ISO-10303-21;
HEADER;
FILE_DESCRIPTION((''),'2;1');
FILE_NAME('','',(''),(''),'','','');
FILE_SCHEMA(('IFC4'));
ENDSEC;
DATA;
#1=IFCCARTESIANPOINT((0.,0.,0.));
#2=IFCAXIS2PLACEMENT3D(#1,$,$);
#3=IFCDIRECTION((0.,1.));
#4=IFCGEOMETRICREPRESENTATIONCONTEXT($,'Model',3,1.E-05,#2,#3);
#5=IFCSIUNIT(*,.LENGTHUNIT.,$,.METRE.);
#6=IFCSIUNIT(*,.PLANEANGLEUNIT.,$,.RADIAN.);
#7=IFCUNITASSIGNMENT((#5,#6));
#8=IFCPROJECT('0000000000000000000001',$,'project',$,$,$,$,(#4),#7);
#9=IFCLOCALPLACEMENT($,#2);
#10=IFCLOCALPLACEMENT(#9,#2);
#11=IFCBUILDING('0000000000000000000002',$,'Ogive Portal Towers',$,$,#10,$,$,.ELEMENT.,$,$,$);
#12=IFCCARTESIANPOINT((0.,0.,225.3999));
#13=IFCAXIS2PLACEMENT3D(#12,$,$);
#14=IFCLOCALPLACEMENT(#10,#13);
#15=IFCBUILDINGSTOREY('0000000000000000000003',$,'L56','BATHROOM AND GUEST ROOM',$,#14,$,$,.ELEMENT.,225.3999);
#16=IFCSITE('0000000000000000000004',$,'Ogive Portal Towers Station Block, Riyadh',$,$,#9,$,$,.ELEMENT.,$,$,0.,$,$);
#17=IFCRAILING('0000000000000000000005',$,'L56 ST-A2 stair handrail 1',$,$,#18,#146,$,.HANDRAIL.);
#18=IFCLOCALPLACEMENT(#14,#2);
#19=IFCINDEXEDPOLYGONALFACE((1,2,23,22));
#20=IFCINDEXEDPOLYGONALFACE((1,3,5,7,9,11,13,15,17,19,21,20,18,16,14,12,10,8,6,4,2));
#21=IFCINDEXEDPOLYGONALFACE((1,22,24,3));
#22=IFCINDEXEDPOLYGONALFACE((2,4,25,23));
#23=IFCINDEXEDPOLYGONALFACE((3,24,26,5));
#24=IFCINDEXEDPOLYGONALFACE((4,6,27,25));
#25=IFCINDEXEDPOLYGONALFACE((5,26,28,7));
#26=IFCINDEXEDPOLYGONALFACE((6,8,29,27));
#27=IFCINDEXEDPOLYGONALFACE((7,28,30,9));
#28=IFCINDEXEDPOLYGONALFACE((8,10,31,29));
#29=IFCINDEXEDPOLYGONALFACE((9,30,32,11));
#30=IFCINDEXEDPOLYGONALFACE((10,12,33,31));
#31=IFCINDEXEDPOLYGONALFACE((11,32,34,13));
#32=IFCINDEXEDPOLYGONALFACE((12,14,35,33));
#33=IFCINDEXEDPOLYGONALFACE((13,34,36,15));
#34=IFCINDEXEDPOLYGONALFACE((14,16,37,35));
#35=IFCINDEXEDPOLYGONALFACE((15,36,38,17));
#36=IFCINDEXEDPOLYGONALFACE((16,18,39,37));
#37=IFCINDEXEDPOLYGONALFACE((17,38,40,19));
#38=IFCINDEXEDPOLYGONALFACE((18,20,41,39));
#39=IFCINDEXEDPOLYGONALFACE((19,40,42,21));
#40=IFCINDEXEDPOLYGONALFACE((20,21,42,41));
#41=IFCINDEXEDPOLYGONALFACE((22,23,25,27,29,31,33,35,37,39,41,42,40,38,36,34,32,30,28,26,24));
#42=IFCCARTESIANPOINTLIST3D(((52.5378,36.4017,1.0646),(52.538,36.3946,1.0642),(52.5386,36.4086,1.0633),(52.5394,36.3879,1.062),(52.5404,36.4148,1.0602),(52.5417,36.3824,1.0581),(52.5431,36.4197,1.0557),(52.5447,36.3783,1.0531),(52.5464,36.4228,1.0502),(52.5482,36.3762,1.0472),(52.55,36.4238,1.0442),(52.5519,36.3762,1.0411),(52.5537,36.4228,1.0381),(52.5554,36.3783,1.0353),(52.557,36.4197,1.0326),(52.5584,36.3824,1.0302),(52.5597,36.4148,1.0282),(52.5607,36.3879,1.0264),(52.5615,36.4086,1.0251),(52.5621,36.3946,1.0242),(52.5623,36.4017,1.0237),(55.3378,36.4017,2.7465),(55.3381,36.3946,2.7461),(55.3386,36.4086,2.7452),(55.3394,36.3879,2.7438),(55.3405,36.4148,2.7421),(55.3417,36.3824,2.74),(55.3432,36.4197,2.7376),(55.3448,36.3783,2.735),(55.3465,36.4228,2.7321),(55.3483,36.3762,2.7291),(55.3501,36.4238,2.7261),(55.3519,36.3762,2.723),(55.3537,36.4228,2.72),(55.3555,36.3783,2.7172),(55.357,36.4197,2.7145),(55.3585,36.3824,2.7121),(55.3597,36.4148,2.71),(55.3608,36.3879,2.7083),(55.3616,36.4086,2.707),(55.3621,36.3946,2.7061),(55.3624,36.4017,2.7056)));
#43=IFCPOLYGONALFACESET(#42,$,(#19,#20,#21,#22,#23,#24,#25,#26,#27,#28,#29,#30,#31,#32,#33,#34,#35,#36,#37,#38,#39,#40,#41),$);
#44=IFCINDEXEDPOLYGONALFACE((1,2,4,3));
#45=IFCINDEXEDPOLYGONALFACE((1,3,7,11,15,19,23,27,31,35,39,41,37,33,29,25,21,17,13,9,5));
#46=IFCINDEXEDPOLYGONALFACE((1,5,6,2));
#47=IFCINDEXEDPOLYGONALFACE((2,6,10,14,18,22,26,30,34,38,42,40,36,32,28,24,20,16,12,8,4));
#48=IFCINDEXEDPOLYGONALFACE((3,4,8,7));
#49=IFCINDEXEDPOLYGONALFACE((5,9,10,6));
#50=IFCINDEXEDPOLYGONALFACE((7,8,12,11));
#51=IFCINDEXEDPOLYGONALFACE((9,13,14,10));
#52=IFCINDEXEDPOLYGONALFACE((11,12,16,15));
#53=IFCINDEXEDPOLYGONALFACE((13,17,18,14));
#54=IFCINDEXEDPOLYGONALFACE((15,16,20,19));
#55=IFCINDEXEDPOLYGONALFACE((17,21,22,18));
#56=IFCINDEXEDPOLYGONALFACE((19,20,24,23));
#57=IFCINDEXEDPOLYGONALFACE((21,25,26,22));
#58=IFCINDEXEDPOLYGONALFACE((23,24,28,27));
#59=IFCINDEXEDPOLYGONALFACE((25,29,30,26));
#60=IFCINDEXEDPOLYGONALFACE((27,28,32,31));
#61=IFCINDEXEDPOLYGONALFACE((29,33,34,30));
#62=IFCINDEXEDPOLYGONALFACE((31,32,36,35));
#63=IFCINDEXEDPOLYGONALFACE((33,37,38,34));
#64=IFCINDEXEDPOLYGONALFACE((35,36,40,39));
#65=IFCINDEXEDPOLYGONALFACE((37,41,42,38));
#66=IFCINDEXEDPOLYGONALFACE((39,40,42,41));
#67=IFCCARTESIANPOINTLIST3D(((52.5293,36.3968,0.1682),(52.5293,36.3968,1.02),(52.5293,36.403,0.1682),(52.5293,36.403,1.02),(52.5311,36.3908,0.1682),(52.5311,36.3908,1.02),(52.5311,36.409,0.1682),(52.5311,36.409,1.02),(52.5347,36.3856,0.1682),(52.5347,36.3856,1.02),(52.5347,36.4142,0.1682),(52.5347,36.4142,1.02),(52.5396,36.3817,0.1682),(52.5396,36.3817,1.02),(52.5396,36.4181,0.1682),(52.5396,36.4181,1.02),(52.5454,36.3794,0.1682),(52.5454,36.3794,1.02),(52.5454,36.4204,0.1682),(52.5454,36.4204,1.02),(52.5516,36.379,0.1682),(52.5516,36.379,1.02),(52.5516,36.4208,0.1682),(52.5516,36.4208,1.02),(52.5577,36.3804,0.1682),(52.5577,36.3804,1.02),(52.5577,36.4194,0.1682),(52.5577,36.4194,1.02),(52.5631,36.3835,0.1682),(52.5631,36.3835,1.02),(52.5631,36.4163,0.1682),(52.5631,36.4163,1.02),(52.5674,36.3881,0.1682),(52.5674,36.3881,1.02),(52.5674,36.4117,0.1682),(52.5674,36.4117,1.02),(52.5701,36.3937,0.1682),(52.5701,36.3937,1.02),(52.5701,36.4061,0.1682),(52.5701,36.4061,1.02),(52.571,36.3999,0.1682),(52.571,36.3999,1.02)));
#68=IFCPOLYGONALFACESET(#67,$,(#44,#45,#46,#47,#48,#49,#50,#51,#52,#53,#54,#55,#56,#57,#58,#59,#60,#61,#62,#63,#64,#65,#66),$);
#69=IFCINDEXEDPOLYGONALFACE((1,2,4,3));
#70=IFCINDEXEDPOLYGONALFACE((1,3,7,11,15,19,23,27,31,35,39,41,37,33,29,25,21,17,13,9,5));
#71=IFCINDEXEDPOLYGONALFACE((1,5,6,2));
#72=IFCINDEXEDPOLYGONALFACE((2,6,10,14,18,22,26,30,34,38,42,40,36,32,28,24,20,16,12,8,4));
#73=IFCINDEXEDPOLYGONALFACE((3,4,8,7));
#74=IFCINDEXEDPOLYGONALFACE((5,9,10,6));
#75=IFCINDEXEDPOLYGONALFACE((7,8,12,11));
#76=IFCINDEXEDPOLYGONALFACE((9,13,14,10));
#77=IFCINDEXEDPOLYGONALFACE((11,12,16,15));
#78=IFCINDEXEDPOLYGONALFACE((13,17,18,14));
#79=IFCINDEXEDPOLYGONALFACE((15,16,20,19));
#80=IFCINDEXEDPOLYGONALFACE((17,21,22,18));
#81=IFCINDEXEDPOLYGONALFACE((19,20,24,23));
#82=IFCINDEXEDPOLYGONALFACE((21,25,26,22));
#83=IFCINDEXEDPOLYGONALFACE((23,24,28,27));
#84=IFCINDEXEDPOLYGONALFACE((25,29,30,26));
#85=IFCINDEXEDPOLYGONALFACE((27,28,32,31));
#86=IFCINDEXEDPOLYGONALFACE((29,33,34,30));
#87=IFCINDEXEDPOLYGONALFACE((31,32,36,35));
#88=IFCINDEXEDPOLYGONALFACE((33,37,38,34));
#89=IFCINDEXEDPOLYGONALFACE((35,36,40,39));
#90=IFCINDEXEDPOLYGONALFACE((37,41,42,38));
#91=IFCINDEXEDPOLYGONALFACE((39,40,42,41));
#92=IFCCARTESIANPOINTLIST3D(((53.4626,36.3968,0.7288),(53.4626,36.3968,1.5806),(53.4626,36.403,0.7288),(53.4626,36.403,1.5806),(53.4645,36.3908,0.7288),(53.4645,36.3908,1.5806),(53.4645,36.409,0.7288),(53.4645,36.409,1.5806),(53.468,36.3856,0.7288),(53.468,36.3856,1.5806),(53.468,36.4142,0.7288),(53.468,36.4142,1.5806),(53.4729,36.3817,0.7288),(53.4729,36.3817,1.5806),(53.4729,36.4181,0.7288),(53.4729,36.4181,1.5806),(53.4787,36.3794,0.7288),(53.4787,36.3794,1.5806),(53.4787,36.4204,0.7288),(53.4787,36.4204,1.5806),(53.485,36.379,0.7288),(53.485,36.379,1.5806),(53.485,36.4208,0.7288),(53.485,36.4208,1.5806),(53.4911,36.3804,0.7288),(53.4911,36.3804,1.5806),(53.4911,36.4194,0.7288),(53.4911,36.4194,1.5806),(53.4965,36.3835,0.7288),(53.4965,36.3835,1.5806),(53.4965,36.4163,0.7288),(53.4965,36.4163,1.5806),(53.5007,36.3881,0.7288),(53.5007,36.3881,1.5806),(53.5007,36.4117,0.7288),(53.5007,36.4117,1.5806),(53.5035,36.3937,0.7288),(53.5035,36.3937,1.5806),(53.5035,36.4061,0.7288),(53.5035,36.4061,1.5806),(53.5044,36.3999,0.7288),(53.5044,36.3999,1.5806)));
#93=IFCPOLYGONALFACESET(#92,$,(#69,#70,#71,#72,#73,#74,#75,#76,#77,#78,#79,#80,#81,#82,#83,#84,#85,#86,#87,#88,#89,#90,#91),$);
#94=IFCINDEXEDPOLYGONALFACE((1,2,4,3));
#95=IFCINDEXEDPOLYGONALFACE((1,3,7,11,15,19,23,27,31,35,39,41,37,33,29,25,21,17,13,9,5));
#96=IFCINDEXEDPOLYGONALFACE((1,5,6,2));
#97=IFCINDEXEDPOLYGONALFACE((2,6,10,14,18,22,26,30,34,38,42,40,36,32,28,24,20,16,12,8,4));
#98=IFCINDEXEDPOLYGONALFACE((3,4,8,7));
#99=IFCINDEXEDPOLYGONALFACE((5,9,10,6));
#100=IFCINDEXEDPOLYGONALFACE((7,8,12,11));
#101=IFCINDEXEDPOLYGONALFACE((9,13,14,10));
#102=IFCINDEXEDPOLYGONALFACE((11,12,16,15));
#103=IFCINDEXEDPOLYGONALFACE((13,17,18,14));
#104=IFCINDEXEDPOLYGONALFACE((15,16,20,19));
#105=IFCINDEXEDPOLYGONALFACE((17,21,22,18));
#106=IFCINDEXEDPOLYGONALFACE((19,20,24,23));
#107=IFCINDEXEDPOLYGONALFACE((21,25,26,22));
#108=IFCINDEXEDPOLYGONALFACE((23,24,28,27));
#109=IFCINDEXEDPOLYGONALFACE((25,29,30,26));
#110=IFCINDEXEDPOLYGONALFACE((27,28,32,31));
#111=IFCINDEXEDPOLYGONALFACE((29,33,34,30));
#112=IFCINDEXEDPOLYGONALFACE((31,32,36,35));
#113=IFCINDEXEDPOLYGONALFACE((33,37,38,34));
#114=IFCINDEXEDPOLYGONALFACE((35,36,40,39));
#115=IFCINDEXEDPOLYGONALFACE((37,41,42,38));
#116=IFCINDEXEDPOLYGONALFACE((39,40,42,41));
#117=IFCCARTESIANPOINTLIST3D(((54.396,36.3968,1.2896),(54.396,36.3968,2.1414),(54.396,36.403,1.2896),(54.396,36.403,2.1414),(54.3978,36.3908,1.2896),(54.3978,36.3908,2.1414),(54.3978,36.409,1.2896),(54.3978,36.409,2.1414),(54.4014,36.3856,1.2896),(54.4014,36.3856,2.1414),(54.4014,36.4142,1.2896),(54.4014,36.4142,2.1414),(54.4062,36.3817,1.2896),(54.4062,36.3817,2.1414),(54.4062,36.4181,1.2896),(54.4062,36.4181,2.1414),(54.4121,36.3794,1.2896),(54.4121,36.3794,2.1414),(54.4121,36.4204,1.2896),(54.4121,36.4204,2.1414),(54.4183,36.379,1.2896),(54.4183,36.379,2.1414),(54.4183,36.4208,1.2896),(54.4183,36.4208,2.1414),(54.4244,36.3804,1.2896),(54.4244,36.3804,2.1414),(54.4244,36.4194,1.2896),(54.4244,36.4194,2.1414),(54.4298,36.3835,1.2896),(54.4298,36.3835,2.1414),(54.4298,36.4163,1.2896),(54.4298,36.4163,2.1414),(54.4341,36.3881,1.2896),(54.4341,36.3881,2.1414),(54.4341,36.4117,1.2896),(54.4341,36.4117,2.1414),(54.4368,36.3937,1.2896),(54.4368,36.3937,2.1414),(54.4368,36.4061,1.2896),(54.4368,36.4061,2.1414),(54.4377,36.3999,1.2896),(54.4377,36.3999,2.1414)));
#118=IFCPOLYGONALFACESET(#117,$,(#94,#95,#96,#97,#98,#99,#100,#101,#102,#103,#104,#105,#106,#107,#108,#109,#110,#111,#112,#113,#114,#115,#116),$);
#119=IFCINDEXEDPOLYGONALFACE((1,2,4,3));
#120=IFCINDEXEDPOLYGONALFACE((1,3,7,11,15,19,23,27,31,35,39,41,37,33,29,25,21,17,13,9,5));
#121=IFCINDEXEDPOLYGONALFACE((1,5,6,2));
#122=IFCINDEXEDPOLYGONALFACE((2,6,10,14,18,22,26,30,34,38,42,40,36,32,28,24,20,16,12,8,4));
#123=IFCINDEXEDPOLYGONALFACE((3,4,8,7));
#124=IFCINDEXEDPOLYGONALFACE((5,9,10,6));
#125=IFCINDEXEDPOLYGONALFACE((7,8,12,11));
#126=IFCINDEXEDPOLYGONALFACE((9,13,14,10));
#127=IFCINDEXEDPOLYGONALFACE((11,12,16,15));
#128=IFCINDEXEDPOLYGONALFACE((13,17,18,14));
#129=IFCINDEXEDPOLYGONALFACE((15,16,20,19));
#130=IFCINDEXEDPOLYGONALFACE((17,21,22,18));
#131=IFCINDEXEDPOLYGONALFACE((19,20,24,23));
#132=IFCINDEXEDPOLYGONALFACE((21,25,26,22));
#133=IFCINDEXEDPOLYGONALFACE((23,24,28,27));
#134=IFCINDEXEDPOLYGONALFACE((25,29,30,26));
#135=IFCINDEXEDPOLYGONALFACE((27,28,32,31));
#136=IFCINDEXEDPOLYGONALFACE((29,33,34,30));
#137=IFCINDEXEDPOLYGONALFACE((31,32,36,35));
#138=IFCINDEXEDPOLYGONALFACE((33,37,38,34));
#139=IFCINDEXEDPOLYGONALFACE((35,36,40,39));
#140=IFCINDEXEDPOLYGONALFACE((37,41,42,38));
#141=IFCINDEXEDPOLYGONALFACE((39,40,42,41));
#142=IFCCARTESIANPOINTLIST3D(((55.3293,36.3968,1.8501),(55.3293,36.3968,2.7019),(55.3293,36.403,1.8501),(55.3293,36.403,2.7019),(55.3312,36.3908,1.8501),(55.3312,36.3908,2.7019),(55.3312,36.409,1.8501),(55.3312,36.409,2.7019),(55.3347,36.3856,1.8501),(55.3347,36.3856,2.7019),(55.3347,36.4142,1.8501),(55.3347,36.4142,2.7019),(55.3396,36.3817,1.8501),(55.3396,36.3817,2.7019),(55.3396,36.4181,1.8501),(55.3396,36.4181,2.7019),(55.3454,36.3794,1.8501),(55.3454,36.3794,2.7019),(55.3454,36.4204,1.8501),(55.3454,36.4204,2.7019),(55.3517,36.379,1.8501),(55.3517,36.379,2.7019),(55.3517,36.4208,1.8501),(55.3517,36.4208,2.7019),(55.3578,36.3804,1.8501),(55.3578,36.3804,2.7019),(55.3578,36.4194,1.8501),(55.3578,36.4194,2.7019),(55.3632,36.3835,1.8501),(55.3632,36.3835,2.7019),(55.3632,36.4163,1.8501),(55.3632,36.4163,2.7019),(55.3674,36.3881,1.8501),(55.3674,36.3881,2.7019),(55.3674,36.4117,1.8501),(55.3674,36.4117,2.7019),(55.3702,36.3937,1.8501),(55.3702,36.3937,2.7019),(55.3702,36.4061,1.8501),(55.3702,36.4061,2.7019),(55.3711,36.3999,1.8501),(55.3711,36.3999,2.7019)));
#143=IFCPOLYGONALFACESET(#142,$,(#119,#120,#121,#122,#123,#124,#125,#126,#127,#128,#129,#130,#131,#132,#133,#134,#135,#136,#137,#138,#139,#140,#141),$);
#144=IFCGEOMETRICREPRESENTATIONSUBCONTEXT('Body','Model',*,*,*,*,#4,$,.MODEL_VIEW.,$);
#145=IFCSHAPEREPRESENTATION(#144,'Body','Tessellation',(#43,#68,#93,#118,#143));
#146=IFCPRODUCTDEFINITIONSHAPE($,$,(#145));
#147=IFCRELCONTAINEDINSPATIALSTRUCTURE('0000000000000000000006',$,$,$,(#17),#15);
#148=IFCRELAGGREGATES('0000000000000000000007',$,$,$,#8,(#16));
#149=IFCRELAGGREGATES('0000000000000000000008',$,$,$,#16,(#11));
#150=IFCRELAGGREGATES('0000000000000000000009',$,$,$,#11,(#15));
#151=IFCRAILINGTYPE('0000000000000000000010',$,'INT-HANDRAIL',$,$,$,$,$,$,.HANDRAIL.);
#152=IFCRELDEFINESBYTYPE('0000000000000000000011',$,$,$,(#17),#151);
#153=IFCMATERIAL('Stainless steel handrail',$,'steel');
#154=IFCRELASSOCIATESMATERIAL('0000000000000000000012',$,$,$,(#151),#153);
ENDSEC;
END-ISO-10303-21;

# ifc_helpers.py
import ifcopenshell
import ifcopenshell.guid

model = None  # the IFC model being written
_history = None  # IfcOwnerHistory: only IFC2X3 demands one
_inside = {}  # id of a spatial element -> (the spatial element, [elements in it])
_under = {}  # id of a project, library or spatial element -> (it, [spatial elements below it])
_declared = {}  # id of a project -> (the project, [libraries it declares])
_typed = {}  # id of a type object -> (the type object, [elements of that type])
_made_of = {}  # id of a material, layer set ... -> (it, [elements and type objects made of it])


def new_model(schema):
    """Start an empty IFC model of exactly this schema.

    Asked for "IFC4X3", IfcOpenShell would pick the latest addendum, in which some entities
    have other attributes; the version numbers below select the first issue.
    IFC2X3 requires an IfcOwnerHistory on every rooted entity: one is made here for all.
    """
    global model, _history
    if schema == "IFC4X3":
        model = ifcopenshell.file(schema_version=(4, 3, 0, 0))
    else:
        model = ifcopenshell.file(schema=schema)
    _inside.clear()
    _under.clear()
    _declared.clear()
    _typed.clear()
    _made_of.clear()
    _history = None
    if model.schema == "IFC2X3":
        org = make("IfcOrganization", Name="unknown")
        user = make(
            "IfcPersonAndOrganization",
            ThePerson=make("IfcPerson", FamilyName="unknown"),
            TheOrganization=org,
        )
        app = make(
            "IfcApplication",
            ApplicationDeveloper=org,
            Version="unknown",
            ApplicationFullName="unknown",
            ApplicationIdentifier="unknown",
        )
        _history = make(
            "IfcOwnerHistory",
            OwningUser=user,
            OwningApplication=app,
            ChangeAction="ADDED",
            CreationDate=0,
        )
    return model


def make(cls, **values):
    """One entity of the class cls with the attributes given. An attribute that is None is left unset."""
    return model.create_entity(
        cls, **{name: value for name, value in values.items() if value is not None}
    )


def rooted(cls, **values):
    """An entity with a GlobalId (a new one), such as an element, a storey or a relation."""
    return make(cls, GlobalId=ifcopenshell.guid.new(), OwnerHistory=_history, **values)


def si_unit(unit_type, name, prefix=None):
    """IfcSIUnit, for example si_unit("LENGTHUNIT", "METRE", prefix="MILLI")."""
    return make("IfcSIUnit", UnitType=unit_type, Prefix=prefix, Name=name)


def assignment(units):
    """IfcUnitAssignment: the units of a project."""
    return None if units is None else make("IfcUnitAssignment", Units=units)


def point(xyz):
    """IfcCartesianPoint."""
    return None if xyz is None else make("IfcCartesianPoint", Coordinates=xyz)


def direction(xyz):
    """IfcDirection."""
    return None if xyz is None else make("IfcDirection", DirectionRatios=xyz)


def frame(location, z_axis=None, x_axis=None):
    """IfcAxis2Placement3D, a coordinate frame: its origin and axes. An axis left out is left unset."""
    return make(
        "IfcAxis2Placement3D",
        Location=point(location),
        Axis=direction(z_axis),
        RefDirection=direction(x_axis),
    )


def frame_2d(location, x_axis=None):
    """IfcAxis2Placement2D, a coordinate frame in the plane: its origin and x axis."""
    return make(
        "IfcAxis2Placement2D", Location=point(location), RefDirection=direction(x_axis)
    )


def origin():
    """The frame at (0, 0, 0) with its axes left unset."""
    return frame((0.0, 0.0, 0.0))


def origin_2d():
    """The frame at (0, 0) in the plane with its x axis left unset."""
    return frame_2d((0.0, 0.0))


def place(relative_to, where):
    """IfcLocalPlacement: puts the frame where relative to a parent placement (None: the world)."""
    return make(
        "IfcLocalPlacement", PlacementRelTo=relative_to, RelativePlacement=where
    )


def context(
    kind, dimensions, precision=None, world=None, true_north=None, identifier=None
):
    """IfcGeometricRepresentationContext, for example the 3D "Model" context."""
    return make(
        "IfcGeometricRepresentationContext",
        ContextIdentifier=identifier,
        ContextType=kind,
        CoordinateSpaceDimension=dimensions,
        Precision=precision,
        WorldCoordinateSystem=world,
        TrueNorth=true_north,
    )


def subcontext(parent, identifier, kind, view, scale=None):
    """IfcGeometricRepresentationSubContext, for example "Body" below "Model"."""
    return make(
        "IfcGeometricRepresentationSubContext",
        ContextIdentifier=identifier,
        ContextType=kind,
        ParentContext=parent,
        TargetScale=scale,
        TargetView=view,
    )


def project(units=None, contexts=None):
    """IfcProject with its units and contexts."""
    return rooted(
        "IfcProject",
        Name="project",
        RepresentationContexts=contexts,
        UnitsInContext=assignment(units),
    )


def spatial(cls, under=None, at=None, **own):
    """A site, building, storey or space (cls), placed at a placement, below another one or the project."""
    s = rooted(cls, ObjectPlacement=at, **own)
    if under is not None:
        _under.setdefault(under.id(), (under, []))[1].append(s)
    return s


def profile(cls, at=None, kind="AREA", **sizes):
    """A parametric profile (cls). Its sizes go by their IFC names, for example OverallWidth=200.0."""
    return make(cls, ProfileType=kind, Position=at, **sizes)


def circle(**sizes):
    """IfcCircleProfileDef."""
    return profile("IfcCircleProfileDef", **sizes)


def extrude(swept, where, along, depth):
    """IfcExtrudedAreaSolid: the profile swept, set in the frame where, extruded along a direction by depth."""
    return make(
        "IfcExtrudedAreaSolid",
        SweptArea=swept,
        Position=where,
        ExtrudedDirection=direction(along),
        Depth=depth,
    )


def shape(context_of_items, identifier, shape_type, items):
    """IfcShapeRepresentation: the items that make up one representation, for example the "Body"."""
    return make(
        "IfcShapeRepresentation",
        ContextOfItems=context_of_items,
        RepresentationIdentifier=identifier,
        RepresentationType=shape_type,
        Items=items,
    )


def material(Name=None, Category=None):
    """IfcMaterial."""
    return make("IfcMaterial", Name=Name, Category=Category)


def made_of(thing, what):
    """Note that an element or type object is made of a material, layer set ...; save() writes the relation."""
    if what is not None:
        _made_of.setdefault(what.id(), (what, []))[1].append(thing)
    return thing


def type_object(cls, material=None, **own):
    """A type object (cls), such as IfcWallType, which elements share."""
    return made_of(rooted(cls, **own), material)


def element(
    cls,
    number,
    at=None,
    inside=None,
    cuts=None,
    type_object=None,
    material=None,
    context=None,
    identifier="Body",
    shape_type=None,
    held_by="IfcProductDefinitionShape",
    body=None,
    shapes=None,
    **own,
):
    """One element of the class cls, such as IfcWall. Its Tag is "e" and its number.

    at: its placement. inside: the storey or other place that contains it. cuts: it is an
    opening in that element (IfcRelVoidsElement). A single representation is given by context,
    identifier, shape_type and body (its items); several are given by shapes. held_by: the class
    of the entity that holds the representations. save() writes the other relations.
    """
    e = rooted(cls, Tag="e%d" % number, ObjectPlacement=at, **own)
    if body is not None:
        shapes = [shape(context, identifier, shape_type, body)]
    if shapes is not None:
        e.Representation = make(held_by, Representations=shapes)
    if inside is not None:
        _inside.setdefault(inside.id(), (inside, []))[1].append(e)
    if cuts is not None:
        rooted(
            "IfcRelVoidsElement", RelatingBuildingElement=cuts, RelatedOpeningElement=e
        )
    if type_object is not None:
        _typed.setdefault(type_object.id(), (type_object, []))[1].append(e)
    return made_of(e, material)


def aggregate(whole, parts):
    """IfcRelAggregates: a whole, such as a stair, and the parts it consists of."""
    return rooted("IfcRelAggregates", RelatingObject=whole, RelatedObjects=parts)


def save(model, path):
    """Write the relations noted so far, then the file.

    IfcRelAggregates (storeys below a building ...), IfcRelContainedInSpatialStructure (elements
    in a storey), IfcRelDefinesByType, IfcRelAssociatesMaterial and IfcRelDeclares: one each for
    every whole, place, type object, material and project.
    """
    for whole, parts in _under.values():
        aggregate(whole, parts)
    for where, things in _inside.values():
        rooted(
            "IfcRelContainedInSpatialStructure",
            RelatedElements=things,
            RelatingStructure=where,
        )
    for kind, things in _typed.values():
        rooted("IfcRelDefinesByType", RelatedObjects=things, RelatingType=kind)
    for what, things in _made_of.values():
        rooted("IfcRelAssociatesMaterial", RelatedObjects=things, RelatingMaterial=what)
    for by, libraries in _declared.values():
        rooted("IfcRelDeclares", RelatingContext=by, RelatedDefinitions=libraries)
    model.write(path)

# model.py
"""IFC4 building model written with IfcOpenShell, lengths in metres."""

from ifc_helpers import new_model, si_unit, direction, frame, origin, origin_2d, place, context, subcontext, project, spatial, circle, extrude, material, type_object, element, save


model = new_model("IFC4")

# Units and contexts
model_context = context("Model", 3, precision=1e-05, world=origin(), true_north=direction((0.0, 1.0)))
body_context = subcontext(model_context, "Body", "Model", "MODEL_VIEW")
ifc_project = project(units=[si_unit("LENGTHUNIT", "METRE"), si_unit("PLANEANGLEUNIT", "RADIAN")], contexts=[model_context])

# Site, building, storey
site_placement = place(None, origin())
site = spatial("IfcSite", under=ifc_project, at=site_placement, Name="Ogive Portal Towers Station Block, Riyadh", CompositionType="ELEMENT", RefElevation=0.0)
building_placement = place(site_placement, origin())
building = spatial("IfcBuilding", under=site, at=building_placement, Name="Ogive Portal Towers", CompositionType="ELEMENT")
storey_placement = place(building_placement, frame((0.0, 0.0, 225.3999)))
storey = spatial("IfcBuildingStorey", under=building, at=storey_placement, Name="L56", Description="BATHROOM AND GUEST ROOM", CompositionType="ELEMENT", Elevation=225.3999)

# Railing
ifc_material_1 = material(Name="Stainless steel handrail", Category="steel")
railing_type_1 = type_object("IfcRailingType", Name="INT-HANDRAIL", PredefinedType="HANDRAIL", material=ifc_material_1)
railing_1_placement = place(storey_placement, frame((52.55, 36.3999, 0.1682)))
element("IfcRailing", 1, at=railing_1_placement, inside=storey, type_object=railing_type_1, Name="L56 ST-A2 stair handrail 1", PredefinedType="HANDRAIL", context=body_context, shape_type="SweptSolid", body=[
    extrude(circle(Radius=0.0239, at=origin_2d()), frame((0.0, 0.0, 0.876), z_axis=(0.857242, 0.0, 0.514913), x_axis=(0.0, 1.0, 0.0)), (0.0, 0.0, 1.0), 3.2664),
    extrude(circle(Radius=0.021, at=origin_2d()), origin(), (0.0, 0.0, 1.0), 0.8518),
    extrude(circle(Radius=0.021, at=origin_2d()), frame((0.9333, 0.0, 0.5605)), (0.0, 0.0, 1.0), 0.8518),
    extrude(circle(Radius=0.021, at=origin_2d()), frame((1.8667, 0.0, 1.1213)), (0.0, 0.0, 1.0), 0.8518),
    extrude(circle(Radius=0.021, at=origin_2d()), frame((2.8, 0.0, 1.6819)), (0.0, 0.0, 1.0), 0.8518),
])

save(model, "model.ifc")
